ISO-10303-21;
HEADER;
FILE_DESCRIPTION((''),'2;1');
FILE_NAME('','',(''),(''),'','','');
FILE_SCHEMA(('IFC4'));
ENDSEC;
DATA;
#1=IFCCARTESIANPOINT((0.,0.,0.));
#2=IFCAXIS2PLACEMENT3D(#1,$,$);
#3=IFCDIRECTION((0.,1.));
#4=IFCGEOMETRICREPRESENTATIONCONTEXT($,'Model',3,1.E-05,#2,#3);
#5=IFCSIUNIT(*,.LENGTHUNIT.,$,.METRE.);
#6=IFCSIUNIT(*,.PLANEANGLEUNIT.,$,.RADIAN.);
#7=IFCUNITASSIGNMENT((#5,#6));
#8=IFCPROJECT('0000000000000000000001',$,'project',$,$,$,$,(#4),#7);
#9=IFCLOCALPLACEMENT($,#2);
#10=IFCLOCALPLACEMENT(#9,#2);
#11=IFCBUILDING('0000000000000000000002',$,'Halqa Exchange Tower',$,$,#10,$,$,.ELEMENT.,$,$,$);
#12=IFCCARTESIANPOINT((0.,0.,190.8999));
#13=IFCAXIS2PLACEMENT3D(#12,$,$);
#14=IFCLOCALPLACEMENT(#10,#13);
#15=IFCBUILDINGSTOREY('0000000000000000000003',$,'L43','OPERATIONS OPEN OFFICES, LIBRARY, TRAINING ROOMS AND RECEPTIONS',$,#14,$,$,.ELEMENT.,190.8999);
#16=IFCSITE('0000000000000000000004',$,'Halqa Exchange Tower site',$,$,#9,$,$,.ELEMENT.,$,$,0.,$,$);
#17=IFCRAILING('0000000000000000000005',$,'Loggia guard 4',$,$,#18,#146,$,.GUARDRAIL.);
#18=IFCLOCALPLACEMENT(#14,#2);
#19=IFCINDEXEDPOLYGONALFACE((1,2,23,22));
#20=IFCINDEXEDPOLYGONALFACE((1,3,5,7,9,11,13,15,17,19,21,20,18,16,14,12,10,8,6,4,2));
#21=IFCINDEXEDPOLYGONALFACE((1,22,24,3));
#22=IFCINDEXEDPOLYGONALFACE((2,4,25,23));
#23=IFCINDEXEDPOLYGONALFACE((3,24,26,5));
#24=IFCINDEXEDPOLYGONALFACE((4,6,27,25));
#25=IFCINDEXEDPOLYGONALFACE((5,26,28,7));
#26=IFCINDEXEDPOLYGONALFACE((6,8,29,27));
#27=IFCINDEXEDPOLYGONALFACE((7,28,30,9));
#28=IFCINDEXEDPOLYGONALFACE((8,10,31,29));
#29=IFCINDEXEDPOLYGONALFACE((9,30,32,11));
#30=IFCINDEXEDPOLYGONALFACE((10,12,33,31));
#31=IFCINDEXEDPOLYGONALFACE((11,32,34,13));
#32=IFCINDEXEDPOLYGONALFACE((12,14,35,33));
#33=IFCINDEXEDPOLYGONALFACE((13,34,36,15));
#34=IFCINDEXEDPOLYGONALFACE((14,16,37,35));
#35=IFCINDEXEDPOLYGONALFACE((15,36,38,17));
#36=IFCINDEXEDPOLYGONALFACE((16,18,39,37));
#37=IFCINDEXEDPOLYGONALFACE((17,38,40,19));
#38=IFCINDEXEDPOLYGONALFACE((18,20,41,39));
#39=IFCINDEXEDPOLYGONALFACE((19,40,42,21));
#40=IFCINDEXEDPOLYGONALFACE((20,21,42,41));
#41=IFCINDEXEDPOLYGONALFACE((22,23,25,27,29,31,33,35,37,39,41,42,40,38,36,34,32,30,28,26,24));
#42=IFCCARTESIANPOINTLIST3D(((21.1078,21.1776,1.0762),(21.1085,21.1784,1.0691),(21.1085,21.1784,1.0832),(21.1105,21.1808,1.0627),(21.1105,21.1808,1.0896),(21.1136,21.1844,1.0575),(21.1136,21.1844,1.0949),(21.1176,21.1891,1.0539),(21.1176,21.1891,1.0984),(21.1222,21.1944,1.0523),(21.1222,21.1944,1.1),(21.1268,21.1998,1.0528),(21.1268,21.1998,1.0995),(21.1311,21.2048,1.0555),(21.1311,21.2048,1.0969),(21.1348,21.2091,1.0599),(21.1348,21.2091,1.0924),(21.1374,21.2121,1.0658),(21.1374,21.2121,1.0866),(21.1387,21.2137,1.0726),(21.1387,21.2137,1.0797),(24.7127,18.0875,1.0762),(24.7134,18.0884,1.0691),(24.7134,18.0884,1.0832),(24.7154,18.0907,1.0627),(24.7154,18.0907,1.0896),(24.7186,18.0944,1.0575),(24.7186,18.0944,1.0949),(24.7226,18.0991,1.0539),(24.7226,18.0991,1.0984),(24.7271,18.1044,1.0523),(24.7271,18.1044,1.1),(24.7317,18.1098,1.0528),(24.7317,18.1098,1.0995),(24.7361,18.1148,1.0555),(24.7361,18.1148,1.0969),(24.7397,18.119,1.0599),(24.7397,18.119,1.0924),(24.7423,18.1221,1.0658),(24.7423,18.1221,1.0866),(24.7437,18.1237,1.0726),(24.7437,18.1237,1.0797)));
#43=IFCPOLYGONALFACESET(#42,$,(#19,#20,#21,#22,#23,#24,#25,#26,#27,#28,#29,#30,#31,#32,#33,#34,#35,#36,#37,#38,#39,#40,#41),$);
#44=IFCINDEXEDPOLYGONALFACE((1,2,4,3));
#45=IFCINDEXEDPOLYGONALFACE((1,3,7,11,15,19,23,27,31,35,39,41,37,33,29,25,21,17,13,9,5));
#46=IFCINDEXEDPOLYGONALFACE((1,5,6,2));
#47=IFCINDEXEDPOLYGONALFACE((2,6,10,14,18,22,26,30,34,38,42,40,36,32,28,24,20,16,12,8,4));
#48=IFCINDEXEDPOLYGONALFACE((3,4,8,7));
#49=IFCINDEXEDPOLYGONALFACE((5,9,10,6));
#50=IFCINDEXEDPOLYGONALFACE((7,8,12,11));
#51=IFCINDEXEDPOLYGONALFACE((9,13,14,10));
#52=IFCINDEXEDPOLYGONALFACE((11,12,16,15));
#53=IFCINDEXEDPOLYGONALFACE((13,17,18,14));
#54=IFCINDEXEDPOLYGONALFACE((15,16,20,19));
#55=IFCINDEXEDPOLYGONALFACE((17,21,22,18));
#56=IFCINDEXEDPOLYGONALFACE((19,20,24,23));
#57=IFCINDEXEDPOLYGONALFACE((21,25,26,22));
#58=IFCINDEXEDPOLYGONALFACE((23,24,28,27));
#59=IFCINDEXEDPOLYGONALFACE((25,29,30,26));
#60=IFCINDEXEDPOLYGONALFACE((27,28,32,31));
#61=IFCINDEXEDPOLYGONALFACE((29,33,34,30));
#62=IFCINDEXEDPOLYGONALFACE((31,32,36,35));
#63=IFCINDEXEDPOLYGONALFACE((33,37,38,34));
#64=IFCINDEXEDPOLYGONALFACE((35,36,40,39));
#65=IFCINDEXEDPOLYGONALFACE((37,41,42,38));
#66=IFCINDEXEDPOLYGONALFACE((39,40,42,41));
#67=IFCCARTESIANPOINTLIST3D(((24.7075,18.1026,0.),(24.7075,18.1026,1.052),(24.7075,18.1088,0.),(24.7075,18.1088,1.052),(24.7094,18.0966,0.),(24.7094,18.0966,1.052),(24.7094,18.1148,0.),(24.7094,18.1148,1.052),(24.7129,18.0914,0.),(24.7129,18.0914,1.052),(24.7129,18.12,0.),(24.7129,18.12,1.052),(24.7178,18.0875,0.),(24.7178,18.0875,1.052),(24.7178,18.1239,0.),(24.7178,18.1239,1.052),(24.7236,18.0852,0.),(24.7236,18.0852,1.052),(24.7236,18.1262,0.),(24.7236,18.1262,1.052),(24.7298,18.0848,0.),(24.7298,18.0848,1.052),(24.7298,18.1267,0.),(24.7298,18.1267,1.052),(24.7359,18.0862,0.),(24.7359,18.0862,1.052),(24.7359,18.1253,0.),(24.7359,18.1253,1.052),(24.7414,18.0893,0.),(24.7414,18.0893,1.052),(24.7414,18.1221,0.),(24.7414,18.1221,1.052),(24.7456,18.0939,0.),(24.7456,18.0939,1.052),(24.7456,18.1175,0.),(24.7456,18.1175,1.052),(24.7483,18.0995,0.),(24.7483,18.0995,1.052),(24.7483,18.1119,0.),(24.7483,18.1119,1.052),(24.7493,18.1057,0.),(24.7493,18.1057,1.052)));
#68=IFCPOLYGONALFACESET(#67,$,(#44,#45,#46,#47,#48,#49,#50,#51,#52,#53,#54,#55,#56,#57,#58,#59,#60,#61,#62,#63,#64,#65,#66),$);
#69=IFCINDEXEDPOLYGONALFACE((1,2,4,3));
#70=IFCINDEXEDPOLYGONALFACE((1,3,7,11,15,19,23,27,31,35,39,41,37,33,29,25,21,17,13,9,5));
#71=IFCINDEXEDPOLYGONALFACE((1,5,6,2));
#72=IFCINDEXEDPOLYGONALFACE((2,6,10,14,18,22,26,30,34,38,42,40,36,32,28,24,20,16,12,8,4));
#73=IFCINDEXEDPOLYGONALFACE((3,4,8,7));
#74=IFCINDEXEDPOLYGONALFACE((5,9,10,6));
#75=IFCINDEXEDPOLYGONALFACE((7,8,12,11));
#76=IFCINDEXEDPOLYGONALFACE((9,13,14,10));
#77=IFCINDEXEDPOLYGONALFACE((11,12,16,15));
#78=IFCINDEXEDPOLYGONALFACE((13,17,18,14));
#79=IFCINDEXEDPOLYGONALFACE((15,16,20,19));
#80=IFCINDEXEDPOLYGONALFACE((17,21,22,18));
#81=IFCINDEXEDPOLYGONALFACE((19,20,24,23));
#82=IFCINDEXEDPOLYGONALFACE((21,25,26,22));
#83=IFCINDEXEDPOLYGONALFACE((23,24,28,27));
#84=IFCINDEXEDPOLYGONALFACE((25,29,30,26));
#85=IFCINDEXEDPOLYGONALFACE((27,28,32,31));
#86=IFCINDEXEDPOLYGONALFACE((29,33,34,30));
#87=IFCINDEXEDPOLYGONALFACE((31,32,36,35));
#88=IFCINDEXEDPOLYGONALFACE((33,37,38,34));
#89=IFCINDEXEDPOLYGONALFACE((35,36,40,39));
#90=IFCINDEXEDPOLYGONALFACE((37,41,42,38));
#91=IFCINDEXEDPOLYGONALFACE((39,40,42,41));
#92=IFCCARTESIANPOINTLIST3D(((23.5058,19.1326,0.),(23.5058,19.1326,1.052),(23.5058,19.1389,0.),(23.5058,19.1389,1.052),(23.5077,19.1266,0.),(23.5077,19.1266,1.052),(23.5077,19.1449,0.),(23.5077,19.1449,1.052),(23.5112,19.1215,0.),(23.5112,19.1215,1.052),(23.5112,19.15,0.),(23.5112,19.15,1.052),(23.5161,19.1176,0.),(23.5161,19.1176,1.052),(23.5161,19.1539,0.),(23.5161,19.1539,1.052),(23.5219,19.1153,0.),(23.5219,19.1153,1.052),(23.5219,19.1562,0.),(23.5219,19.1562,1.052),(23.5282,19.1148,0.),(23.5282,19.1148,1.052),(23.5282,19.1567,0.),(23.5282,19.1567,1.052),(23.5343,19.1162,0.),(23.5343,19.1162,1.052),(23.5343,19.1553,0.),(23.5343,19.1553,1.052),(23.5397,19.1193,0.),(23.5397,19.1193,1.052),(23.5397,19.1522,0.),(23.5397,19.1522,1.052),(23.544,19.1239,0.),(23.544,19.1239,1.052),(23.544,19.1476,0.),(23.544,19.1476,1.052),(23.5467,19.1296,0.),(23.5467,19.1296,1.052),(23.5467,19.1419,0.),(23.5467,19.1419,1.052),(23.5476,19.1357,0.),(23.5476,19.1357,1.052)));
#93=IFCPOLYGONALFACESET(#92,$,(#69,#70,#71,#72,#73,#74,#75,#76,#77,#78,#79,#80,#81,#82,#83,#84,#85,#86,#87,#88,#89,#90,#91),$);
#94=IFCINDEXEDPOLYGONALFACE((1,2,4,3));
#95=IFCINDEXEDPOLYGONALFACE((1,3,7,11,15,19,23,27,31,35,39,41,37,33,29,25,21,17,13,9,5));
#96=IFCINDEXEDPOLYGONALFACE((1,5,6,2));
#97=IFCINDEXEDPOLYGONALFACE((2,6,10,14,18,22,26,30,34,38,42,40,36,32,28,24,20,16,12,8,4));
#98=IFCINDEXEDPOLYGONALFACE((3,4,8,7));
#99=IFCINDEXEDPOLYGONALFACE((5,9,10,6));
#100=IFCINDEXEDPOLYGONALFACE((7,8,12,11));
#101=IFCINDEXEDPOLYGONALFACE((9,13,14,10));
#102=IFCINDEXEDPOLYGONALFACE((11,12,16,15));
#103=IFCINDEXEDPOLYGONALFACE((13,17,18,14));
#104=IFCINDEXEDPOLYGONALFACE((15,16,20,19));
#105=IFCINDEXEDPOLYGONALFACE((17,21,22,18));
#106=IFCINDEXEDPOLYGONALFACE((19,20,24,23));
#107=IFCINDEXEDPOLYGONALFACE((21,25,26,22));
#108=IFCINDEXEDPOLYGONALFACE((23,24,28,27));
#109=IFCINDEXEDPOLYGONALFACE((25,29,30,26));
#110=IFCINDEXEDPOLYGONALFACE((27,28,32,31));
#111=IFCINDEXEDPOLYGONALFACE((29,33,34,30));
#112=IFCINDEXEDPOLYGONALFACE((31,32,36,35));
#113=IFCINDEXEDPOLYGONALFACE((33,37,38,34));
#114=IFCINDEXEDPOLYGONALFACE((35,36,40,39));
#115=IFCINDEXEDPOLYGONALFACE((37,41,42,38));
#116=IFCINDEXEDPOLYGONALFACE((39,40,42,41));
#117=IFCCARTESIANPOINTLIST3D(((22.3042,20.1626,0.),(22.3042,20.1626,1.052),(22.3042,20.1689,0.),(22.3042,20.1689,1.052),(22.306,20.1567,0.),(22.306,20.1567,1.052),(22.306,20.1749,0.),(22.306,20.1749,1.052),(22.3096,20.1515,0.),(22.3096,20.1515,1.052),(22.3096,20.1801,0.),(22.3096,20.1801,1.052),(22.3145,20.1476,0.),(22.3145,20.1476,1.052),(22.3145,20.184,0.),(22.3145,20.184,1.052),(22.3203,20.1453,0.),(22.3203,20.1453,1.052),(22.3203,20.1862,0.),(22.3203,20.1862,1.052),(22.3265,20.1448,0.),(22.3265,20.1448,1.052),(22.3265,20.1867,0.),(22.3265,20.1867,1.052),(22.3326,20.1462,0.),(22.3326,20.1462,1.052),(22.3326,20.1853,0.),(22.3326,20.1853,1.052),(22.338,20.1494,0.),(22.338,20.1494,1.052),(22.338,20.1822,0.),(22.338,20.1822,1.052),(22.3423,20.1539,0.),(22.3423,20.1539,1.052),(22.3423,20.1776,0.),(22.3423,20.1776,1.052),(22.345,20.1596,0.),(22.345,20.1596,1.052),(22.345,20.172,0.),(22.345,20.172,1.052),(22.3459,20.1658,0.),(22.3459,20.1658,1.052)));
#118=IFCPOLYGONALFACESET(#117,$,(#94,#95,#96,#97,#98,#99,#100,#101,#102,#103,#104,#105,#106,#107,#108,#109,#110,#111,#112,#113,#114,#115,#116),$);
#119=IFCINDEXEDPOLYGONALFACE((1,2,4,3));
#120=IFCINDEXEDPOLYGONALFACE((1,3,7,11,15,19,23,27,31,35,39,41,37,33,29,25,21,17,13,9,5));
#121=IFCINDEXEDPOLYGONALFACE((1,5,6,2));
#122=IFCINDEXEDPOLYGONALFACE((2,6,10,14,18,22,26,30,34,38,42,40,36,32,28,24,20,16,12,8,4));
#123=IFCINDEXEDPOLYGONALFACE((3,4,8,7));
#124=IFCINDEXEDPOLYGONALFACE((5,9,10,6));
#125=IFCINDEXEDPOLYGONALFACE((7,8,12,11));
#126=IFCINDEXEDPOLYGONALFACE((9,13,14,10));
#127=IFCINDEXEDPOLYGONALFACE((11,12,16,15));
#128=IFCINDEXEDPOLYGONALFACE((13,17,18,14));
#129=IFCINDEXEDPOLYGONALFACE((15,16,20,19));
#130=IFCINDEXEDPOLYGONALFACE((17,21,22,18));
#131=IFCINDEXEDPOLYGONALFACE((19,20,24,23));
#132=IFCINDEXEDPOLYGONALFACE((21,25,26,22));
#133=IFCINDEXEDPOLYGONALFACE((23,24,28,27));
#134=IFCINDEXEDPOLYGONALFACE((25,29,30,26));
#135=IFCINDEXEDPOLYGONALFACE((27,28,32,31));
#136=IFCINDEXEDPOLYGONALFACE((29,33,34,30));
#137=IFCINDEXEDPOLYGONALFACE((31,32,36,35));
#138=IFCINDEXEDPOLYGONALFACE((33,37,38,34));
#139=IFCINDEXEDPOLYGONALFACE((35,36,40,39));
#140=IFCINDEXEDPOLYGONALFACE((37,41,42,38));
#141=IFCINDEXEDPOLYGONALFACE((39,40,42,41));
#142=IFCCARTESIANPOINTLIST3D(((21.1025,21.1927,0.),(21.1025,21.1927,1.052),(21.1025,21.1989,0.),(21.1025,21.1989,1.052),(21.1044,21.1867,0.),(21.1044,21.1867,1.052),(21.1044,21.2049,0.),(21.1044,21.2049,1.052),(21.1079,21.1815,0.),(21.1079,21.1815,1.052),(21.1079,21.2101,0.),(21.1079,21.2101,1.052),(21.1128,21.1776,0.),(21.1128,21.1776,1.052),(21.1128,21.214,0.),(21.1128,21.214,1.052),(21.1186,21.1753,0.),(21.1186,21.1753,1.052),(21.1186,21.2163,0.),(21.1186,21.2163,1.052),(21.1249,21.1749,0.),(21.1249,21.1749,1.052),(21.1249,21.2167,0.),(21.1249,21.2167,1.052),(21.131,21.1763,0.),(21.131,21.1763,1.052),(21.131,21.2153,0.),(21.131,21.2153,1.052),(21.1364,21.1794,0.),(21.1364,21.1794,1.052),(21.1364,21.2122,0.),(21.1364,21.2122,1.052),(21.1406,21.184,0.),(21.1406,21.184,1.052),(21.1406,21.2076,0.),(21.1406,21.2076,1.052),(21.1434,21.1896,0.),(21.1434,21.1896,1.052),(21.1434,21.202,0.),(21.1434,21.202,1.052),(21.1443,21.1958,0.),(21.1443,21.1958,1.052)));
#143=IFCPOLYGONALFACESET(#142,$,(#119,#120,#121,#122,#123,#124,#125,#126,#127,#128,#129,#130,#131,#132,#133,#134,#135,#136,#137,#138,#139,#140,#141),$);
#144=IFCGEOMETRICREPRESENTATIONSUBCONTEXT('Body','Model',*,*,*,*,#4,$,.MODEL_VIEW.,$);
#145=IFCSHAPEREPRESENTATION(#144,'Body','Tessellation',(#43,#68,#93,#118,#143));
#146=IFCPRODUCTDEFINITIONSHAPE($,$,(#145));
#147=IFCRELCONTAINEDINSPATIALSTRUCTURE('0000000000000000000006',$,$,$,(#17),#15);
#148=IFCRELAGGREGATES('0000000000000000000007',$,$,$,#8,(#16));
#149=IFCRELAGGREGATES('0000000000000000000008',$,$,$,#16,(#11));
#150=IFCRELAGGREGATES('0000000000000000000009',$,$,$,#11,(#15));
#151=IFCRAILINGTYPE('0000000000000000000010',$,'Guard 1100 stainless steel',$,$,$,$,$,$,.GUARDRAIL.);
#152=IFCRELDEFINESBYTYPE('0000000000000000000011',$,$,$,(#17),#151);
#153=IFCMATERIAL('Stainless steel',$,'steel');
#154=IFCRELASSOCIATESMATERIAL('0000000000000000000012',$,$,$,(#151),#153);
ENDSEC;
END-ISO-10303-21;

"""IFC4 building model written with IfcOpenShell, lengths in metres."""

from ifc_helpers import new_model, si_unit, direction, frame, origin, origin_2d, place, context, subcontext, project, spatial, circle, extrude, material, type_object, element, save


model = new_model("IFC4")

# Units and contexts
model_context = context("Model", 3, precision=1e-05, world=origin(), true_north=direction((0.0, 1.0)))
body_context = subcontext(model_context, "Body", "Model", "MODEL_VIEW")
ifc_project = project(units=[si_unit("LENGTHUNIT", "METRE"), si_unit("PLANEANGLEUNIT", "RADIAN")], contexts=[model_context])

# Site, building, storey
site_placement = place(None, origin())
site = spatial("IfcSite", under=ifc_project, at=site_placement, Name="Halqa Exchange Tower site", CompositionType="ELEMENT", RefElevation=0.0)
building_placement = place(site_placement, origin())
building = spatial("IfcBuilding", under=site, at=building_placement, Name="Halqa Exchange Tower", CompositionType="ELEMENT")
storey_placement = place(building_placement, frame((0.0, 0.0, 190.8999)))
storey = spatial("IfcBuildingStorey", under=building, at=storey_placement, Name="L43", Description="OPERATIONS OPEN OFFICES, LIBRARY, TRAINING ROOMS AND RECEPTIONS", CompositionType="ELEMENT", Elevation=190.8999)

# Railing
ifc_material_1 = material(Name="Stainless steel", Category="steel")
railing_type = type_object("IfcRailingType", Name="Guard 1100 stainless steel", PredefinedType="GUARDRAIL", material=ifc_material_1)
railing_1_placement = place(storey_placement, frame((24.7283, 18.1057, 0.0)))
element("IfcRailing", 1, at=railing_1_placement, inside=storey, type_object=railing_type, Name="Loggia guard 4", PredefinedType="GUARDRAIL", context=body_context, shape_type="SweptSolid", body=[
    extrude(circle(Radius=0.0239, at=origin_2d()), frame((0.0, 0.0, 1.0762), z_axis=(-0.759246, 0.650804, 0.0), x_axis=(-0.650804, -0.759246, 0.0)), (0.0, 0.0, 1.0), 4.748),
    extrude(circle(Radius=0.021, at=origin_2d()), origin(), (0.0, 0.0, 1.0), 1.052),
    extrude(circle(Radius=0.021, at=origin_2d()), frame((-1.2017, 1.03, 0.0)), (0.0, 0.0, 1.0), 1.052),
    extrude(circle(Radius=0.021, at=origin_2d()), frame((-2.4033, 2.0601, 0.0)), (0.0, 0.0, 1.0), 1.052),
    extrude(circle(Radius=0.021, at=origin_2d()), frame((-3.605, 3.0901, 0.0)), (0.0, 0.0, 1.0), 1.052),
])

save(model, "model.ifc")
